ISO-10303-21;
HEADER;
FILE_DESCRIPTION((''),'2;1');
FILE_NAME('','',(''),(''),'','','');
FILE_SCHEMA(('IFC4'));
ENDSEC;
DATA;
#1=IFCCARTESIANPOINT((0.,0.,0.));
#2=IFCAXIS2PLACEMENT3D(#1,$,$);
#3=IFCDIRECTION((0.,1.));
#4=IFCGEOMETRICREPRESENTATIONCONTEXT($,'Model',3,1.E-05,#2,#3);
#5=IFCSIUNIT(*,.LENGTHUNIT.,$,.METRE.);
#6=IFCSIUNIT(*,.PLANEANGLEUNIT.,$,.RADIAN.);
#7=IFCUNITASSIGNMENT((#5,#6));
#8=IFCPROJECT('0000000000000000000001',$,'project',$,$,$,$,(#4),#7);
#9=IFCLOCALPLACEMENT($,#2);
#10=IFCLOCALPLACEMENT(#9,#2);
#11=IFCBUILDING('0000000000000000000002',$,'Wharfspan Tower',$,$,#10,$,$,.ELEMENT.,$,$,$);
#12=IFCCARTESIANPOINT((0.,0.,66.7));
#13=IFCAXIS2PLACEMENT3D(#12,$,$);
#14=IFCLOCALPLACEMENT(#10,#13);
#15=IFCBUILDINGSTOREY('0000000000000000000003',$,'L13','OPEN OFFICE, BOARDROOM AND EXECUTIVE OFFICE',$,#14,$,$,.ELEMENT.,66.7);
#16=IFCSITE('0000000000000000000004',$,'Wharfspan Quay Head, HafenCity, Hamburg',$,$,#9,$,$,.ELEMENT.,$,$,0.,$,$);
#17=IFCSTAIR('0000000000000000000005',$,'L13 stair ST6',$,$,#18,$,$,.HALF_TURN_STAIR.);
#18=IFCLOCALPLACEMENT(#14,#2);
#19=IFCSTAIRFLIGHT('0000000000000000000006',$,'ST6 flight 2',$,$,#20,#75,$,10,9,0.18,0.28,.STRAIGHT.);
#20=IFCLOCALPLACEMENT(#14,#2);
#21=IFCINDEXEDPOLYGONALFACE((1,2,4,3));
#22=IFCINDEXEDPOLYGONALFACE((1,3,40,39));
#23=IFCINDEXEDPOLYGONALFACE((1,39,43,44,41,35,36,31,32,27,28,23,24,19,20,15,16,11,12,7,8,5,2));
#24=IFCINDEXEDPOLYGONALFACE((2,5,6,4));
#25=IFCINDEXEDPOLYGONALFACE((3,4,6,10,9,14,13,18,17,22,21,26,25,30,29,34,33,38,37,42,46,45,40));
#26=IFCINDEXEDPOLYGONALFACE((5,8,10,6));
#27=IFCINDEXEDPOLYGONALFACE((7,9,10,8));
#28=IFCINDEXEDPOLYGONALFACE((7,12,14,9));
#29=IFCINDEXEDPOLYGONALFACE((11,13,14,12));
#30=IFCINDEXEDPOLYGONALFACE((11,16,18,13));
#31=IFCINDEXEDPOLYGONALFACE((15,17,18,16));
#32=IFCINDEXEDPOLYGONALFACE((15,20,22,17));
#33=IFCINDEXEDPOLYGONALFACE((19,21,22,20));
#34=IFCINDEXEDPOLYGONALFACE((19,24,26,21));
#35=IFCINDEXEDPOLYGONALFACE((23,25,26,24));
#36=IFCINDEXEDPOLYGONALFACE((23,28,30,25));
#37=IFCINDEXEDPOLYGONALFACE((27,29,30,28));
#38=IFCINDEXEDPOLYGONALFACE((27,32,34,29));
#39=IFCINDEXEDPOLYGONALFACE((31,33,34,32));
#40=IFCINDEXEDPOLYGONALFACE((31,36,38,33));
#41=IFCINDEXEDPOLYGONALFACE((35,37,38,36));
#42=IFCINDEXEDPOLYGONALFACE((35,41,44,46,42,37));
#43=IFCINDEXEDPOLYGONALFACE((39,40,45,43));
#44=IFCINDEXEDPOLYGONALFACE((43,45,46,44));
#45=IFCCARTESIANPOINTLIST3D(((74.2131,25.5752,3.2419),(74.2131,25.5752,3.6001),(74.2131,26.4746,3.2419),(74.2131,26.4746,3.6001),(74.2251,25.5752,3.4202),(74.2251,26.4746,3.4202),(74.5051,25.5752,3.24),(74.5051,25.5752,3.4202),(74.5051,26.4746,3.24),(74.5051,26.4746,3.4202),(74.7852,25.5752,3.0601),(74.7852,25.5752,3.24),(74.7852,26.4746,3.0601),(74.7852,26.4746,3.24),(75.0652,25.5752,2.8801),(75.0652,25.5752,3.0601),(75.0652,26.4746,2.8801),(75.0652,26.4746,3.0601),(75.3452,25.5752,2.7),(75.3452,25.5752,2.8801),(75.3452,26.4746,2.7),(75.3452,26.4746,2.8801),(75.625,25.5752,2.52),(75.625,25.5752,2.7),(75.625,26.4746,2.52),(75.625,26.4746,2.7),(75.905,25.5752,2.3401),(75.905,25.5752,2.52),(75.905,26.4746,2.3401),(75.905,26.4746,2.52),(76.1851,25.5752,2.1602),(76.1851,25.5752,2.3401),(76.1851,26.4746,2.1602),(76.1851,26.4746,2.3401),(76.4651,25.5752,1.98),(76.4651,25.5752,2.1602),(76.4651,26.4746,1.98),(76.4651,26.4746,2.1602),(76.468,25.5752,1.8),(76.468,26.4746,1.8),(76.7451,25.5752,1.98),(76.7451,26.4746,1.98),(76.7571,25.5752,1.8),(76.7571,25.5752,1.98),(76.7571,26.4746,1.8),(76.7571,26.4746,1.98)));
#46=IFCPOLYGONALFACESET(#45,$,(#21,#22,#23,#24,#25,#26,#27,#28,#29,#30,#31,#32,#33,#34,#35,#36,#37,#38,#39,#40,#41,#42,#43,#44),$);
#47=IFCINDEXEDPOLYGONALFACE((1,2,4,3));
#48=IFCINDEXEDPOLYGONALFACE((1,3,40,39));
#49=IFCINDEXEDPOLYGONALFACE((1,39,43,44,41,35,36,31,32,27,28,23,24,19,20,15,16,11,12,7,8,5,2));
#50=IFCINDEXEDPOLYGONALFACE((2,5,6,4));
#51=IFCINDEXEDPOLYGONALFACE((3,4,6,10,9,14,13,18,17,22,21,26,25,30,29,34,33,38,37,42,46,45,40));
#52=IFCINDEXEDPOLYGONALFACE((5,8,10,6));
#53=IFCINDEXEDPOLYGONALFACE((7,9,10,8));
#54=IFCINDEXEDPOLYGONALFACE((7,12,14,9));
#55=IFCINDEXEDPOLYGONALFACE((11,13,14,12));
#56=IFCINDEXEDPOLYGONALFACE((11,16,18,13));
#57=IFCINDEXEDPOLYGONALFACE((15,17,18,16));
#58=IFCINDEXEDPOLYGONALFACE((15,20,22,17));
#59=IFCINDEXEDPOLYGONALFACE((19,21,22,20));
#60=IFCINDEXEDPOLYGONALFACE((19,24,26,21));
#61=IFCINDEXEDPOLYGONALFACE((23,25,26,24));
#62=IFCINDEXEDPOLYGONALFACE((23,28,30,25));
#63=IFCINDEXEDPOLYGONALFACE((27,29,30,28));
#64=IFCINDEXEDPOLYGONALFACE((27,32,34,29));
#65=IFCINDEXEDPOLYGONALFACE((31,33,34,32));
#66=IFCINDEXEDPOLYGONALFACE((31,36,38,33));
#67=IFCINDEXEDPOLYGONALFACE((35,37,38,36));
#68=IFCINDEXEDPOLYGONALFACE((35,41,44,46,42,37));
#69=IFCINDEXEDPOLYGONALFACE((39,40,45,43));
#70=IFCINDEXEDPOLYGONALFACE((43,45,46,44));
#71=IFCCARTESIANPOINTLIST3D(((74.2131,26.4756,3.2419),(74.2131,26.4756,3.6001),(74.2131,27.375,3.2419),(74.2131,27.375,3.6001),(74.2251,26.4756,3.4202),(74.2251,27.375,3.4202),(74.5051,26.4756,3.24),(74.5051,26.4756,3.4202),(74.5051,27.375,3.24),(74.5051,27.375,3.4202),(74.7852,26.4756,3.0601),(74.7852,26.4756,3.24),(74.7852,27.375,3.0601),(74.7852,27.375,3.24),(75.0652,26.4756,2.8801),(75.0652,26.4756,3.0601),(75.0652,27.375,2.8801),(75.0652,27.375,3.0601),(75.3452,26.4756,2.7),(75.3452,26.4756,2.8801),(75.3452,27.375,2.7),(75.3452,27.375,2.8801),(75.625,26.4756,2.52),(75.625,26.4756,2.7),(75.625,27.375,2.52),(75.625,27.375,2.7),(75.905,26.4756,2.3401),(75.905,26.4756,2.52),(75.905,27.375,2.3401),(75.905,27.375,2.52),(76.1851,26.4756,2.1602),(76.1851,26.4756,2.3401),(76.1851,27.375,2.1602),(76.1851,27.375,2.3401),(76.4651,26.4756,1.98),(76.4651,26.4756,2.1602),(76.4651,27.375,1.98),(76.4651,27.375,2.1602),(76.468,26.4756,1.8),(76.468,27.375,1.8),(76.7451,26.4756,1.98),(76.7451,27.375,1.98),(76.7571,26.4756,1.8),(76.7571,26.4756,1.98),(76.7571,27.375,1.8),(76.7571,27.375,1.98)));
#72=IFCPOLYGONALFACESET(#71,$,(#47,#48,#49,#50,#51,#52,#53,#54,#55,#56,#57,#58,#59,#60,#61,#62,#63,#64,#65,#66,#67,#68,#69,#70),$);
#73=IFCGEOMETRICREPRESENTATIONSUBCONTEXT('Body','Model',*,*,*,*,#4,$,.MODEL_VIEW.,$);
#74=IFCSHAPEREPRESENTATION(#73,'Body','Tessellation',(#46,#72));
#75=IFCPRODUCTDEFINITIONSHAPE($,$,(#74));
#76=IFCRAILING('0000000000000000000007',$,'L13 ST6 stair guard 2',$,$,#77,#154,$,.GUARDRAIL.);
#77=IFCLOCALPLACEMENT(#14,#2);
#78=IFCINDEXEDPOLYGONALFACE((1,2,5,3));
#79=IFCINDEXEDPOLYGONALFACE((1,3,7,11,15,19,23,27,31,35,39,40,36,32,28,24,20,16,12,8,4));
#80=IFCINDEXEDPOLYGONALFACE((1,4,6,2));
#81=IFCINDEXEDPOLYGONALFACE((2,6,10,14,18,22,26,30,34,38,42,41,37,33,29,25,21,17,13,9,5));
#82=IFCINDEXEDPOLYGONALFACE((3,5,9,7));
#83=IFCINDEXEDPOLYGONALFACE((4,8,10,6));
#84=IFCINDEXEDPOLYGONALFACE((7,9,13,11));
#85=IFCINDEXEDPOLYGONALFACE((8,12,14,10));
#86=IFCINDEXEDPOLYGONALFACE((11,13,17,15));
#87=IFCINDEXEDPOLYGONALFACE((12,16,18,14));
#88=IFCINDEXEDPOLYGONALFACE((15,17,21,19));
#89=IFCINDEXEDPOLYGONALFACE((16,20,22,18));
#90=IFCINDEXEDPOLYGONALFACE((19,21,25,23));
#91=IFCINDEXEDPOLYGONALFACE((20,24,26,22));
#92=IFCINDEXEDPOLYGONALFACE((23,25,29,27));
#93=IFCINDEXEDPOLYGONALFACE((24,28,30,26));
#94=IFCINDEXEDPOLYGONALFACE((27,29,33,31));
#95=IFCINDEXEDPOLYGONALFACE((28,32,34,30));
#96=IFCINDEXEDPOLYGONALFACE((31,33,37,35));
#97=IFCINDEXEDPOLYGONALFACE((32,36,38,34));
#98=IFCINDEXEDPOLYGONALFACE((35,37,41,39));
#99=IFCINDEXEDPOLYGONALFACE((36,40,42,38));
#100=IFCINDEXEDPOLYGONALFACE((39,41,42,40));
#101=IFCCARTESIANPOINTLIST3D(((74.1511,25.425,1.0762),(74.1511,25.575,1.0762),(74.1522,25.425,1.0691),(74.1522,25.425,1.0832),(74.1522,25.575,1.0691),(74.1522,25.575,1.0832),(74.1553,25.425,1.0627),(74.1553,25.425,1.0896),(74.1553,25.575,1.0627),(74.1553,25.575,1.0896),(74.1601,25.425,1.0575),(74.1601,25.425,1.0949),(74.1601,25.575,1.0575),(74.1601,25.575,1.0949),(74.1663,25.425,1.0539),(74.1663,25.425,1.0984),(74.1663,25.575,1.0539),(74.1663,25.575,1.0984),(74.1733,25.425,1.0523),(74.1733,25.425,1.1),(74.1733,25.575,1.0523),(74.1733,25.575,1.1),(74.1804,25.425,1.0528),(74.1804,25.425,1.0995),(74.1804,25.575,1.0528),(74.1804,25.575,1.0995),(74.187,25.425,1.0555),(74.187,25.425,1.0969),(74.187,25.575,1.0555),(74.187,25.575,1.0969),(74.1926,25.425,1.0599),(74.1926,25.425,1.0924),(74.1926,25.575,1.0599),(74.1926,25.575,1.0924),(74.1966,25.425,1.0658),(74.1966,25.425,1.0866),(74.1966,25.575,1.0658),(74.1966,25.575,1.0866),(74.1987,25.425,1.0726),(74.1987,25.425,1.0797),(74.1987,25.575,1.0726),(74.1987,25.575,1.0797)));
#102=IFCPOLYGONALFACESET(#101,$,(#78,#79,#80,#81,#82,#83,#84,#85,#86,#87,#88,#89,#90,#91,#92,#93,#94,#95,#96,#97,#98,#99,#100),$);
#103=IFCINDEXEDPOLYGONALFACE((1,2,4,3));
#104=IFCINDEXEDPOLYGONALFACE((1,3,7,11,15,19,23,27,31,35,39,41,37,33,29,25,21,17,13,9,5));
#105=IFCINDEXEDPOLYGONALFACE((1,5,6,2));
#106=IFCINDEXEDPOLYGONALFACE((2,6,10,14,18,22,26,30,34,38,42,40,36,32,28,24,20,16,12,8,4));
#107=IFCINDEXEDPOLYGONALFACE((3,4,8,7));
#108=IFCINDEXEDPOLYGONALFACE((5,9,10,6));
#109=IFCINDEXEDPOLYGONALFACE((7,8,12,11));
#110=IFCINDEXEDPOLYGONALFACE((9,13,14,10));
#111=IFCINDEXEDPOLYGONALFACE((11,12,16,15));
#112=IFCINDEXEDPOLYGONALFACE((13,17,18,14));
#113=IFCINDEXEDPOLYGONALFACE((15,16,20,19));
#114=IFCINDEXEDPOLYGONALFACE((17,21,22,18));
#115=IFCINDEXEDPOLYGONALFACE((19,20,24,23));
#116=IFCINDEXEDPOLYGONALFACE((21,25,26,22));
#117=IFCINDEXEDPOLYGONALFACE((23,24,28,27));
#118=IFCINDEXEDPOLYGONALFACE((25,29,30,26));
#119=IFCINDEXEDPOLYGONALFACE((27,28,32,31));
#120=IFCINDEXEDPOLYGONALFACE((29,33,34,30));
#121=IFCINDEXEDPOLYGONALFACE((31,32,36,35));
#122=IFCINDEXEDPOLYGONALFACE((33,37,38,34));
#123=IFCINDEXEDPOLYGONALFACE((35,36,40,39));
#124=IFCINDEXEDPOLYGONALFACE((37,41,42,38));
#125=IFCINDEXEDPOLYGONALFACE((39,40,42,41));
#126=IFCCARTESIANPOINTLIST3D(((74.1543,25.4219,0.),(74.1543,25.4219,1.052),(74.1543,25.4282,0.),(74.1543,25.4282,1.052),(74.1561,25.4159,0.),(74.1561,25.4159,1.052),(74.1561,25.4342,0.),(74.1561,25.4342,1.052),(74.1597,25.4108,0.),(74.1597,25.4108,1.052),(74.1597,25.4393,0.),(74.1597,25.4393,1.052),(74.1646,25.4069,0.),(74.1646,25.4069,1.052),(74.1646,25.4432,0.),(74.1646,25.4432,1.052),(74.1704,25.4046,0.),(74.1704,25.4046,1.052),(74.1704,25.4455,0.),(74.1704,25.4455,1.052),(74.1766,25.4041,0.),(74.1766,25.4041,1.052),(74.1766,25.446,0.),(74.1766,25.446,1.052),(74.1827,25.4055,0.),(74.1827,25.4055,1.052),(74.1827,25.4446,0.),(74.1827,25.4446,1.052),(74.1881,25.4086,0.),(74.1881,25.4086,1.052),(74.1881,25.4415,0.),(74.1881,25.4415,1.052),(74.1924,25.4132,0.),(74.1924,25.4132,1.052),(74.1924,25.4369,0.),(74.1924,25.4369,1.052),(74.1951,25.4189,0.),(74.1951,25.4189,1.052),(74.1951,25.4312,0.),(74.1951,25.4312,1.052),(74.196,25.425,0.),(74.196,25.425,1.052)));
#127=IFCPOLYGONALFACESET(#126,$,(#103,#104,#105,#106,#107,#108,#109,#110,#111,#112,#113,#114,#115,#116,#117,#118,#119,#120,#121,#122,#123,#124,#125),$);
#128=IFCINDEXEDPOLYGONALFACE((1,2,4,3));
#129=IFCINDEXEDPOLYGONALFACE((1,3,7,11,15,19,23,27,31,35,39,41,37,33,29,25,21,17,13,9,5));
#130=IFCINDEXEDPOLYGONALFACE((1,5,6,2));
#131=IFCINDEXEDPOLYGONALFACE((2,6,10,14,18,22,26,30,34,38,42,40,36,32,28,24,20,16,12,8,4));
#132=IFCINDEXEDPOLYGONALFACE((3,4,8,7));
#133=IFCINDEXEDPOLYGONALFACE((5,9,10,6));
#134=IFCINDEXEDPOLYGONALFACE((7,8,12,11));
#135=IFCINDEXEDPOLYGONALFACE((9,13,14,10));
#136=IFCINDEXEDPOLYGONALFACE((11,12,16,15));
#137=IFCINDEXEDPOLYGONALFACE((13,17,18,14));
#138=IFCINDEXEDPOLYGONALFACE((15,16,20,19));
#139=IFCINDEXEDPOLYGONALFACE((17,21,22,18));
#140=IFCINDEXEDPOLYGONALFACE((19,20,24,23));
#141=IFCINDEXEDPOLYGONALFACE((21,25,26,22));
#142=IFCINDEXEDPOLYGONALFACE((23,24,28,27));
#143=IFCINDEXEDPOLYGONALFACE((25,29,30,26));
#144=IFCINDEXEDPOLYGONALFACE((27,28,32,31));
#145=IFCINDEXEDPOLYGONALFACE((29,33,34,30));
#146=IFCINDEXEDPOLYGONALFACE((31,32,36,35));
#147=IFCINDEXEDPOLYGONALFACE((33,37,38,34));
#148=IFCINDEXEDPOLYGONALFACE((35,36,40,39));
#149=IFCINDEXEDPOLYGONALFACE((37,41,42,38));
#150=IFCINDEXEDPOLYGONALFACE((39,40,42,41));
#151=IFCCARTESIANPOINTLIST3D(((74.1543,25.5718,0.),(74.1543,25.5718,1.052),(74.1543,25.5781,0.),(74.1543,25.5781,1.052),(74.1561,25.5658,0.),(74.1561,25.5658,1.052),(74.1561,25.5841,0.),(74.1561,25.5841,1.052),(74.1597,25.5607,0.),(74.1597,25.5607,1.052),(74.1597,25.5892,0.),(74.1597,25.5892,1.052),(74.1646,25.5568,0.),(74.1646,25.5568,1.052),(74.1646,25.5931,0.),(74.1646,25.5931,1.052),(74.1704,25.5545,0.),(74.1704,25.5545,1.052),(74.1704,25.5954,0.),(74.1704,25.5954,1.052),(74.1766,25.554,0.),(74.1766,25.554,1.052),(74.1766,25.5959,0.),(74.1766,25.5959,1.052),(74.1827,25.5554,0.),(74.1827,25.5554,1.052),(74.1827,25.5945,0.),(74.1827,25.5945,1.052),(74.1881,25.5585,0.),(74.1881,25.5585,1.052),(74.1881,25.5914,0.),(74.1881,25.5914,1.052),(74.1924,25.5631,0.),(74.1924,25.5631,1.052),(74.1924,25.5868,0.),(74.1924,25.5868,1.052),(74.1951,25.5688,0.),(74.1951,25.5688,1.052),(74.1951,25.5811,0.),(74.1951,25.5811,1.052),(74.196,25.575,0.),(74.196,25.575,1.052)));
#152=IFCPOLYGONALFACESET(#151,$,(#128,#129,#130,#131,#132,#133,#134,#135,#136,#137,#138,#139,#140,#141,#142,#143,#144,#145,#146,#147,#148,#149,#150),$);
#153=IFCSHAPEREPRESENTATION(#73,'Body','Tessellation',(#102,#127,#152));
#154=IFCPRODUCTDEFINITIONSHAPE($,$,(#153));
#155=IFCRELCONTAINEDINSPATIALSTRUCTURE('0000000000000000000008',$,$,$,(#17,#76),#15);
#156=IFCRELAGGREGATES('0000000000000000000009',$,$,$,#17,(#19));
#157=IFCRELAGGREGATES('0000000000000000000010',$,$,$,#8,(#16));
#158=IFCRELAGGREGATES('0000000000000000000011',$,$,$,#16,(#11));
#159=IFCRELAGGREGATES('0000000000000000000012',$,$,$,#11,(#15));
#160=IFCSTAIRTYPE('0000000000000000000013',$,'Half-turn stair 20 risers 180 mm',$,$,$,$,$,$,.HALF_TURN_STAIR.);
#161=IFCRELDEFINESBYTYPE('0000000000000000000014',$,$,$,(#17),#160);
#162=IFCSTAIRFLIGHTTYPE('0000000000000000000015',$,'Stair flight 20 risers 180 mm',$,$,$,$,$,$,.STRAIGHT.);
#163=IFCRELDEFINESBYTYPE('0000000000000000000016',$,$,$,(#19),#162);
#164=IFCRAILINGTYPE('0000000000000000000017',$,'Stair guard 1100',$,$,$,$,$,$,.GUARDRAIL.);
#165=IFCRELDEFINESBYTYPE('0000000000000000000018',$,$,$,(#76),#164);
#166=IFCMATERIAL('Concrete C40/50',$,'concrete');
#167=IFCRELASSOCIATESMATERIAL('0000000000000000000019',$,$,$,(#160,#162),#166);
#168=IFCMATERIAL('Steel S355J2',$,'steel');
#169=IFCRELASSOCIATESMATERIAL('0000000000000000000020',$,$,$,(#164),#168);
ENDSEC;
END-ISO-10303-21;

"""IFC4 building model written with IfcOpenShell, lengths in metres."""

from ifc_helpers import new_model, si_unit, direction, frame, origin, origin_2d, place, context, subcontext, project, spatial, polyline, circle, outline, extrude, material, type_object, element, aggregate, save


model = new_model("IFC4")

# Units and contexts
model_context = context("Model", 3, precision=1e-05, world=origin(), true_north=direction((0.0, 1.0)))
body_context = subcontext(model_context, "Body", "Model", "MODEL_VIEW")
ifc_project = project(units=[si_unit("LENGTHUNIT", "METRE"), si_unit("PLANEANGLEUNIT", "RADIAN")], contexts=[model_context])

# Site, building, storey
site_placement = place(None, origin())
site = spatial("IfcSite", under=ifc_project, at=site_placement, Name="Wharfspan Quay Head, HafenCity, Hamburg", CompositionType="ELEMENT", RefElevation=0.0)
building_placement = place(site_placement, origin())
building = spatial("IfcBuilding", under=site, at=building_placement, Name="Wharfspan Tower", CompositionType="ELEMENT")
storey_placement = place(building_placement, frame((0.0, 0.0, 66.7)))
storey = spatial("IfcBuildingStorey", under=building, at=storey_placement, Name="L13", Description="OPEN OFFICE, BOARDROOM AND EXECUTIVE OFFICE", CompositionType="ELEMENT", Elevation=66.7)

# Shared definitions
ifc_material_1 = material(Name="Steel S355J2", Category="steel")

# Shared definitions
ifc_material_2 = material(Name="Concrete C40/50", Category="concrete")

# Stair, stair flight
stair_type = type_object("IfcStairType", Name="Half-turn stair 20 risers 180 mm", PredefinedType="HALF_TURN_STAIR", material=ifc_material_2)
stair_placement = place(storey_placement, origin())
stair = element("IfcStair", 1, at=stair_placement, inside=storey, type_object=stair_type, Name="L13 stair ST6", PredefinedType="HALF_TURN_STAIR")
stair_flight_type = type_object("IfcStairFlightType", Name="Stair flight 20 risers 180 mm", PredefinedType="STRAIGHT", material=ifc_material_2)
stair_flight_1_placement = place(storey_placement, frame((76.7451, 26.4751, 1.8), z_axis=(0.0, 0.0, 1.0), x_axis=(-1.0, 0.0, 0.0)))
stair_flight_1 = element("IfcStairFlight", 2, at=stair_flight_1_placement, type_object=stair_flight_type, Name="ST6 flight 2", NumberOfRisers=10, NumberOfTreads=9, PredefinedType="STRAIGHT", RiserHeight=0.18, TreadLength=0.28, context=body_context, shape_type="SweptSolid", body=[
    extrude(outline(polyline([(-0.012, 0.0), (-0.012, 0.1799), (0.0, 0.1799), (0.28, 0.1799), (0.28, 0.3601), (0.5601, 0.3601), (0.5601, 0.54), (0.8401, 0.54), (0.8401, 0.72), (1.1201, 0.72), (1.1201, 0.8999), (1.3999, 0.8999), (1.3999, 1.0801), (1.6799, 1.0801), (1.6799, 1.26), (1.96, 1.26), (1.96, 1.4399), (2.24, 1.4399), (2.24, 1.6201), (2.52, 1.6201), (2.532, 1.8), (2.532, 1.4419), (0.2771, 0.0), (-0.012, 0.0)])), frame((0.0, 0.8999, 0.0), z_axis=(0.0, -1.0, 0.0), x_axis=(1.0, 0.0, 0.0)), (0.0, 0.0, 1.0), 0.8994),
    extrude(outline(polyline([(-0.012, 0.0), (-0.012, 0.1799), (0.0, 0.1799), (0.28, 0.1799), (0.28, 0.3601), (0.5601, 0.3601), (0.5601, 0.54), (0.8401, 0.54), (0.8401, 0.72), (1.1201, 0.72), (1.1201, 0.8999), (1.3999, 0.8999), (1.3999, 1.0801), (1.6799, 1.0801), (1.6799, 1.26), (1.96, 1.26), (1.96, 1.4399), (2.24, 1.4399), (2.24, 1.6201), (2.52, 1.6201), (2.532, 1.8), (2.532, 1.4419), (0.2771, 0.0), (-0.012, 0.0)])), frame((0.0, -0.0005, 0.0), z_axis=(0.0, -1.0, 0.0), x_axis=(1.0, 0.0, 0.0)), (0.0, 0.0, 1.0), 0.8994),
])
aggregate(stair, [stair_flight_1])

# Railing
railing_type_1 = type_object("IfcRailingType", Name="Stair guard 1100", PredefinedType="GUARDRAIL", material=ifc_material_1)
railing_1_placement = place(storey_placement, frame((74.175, 25.425, 0.0)))
element("IfcRailing", 3, at=railing_1_placement, inside=storey, type_object=railing_type_1, Name="L13 ST6 stair guard 2", PredefinedType="GUARDRAIL", context=body_context, shape_type="SweptSolid", body=[
    extrude(circle(Radius=0.0239, at=origin_2d()), frame((0.0, 0.0, 1.0762), z_axis=(0.0, 1.0, 0.0), x_axis=(-1.0, 0.0, 0.0)), (0.0, 0.0, 1.0), 0.1499),
    extrude(circle(Radius=0.021, at=origin_2d()), origin(), (0.0, 0.0, 1.0), 1.052),
    extrude(circle(Radius=0.021, at=origin_2d()), frame((0.0, 0.1499, 0.0)), (0.0, 0.0, 1.0), 1.052),
])

save(model, "model.ifc")
